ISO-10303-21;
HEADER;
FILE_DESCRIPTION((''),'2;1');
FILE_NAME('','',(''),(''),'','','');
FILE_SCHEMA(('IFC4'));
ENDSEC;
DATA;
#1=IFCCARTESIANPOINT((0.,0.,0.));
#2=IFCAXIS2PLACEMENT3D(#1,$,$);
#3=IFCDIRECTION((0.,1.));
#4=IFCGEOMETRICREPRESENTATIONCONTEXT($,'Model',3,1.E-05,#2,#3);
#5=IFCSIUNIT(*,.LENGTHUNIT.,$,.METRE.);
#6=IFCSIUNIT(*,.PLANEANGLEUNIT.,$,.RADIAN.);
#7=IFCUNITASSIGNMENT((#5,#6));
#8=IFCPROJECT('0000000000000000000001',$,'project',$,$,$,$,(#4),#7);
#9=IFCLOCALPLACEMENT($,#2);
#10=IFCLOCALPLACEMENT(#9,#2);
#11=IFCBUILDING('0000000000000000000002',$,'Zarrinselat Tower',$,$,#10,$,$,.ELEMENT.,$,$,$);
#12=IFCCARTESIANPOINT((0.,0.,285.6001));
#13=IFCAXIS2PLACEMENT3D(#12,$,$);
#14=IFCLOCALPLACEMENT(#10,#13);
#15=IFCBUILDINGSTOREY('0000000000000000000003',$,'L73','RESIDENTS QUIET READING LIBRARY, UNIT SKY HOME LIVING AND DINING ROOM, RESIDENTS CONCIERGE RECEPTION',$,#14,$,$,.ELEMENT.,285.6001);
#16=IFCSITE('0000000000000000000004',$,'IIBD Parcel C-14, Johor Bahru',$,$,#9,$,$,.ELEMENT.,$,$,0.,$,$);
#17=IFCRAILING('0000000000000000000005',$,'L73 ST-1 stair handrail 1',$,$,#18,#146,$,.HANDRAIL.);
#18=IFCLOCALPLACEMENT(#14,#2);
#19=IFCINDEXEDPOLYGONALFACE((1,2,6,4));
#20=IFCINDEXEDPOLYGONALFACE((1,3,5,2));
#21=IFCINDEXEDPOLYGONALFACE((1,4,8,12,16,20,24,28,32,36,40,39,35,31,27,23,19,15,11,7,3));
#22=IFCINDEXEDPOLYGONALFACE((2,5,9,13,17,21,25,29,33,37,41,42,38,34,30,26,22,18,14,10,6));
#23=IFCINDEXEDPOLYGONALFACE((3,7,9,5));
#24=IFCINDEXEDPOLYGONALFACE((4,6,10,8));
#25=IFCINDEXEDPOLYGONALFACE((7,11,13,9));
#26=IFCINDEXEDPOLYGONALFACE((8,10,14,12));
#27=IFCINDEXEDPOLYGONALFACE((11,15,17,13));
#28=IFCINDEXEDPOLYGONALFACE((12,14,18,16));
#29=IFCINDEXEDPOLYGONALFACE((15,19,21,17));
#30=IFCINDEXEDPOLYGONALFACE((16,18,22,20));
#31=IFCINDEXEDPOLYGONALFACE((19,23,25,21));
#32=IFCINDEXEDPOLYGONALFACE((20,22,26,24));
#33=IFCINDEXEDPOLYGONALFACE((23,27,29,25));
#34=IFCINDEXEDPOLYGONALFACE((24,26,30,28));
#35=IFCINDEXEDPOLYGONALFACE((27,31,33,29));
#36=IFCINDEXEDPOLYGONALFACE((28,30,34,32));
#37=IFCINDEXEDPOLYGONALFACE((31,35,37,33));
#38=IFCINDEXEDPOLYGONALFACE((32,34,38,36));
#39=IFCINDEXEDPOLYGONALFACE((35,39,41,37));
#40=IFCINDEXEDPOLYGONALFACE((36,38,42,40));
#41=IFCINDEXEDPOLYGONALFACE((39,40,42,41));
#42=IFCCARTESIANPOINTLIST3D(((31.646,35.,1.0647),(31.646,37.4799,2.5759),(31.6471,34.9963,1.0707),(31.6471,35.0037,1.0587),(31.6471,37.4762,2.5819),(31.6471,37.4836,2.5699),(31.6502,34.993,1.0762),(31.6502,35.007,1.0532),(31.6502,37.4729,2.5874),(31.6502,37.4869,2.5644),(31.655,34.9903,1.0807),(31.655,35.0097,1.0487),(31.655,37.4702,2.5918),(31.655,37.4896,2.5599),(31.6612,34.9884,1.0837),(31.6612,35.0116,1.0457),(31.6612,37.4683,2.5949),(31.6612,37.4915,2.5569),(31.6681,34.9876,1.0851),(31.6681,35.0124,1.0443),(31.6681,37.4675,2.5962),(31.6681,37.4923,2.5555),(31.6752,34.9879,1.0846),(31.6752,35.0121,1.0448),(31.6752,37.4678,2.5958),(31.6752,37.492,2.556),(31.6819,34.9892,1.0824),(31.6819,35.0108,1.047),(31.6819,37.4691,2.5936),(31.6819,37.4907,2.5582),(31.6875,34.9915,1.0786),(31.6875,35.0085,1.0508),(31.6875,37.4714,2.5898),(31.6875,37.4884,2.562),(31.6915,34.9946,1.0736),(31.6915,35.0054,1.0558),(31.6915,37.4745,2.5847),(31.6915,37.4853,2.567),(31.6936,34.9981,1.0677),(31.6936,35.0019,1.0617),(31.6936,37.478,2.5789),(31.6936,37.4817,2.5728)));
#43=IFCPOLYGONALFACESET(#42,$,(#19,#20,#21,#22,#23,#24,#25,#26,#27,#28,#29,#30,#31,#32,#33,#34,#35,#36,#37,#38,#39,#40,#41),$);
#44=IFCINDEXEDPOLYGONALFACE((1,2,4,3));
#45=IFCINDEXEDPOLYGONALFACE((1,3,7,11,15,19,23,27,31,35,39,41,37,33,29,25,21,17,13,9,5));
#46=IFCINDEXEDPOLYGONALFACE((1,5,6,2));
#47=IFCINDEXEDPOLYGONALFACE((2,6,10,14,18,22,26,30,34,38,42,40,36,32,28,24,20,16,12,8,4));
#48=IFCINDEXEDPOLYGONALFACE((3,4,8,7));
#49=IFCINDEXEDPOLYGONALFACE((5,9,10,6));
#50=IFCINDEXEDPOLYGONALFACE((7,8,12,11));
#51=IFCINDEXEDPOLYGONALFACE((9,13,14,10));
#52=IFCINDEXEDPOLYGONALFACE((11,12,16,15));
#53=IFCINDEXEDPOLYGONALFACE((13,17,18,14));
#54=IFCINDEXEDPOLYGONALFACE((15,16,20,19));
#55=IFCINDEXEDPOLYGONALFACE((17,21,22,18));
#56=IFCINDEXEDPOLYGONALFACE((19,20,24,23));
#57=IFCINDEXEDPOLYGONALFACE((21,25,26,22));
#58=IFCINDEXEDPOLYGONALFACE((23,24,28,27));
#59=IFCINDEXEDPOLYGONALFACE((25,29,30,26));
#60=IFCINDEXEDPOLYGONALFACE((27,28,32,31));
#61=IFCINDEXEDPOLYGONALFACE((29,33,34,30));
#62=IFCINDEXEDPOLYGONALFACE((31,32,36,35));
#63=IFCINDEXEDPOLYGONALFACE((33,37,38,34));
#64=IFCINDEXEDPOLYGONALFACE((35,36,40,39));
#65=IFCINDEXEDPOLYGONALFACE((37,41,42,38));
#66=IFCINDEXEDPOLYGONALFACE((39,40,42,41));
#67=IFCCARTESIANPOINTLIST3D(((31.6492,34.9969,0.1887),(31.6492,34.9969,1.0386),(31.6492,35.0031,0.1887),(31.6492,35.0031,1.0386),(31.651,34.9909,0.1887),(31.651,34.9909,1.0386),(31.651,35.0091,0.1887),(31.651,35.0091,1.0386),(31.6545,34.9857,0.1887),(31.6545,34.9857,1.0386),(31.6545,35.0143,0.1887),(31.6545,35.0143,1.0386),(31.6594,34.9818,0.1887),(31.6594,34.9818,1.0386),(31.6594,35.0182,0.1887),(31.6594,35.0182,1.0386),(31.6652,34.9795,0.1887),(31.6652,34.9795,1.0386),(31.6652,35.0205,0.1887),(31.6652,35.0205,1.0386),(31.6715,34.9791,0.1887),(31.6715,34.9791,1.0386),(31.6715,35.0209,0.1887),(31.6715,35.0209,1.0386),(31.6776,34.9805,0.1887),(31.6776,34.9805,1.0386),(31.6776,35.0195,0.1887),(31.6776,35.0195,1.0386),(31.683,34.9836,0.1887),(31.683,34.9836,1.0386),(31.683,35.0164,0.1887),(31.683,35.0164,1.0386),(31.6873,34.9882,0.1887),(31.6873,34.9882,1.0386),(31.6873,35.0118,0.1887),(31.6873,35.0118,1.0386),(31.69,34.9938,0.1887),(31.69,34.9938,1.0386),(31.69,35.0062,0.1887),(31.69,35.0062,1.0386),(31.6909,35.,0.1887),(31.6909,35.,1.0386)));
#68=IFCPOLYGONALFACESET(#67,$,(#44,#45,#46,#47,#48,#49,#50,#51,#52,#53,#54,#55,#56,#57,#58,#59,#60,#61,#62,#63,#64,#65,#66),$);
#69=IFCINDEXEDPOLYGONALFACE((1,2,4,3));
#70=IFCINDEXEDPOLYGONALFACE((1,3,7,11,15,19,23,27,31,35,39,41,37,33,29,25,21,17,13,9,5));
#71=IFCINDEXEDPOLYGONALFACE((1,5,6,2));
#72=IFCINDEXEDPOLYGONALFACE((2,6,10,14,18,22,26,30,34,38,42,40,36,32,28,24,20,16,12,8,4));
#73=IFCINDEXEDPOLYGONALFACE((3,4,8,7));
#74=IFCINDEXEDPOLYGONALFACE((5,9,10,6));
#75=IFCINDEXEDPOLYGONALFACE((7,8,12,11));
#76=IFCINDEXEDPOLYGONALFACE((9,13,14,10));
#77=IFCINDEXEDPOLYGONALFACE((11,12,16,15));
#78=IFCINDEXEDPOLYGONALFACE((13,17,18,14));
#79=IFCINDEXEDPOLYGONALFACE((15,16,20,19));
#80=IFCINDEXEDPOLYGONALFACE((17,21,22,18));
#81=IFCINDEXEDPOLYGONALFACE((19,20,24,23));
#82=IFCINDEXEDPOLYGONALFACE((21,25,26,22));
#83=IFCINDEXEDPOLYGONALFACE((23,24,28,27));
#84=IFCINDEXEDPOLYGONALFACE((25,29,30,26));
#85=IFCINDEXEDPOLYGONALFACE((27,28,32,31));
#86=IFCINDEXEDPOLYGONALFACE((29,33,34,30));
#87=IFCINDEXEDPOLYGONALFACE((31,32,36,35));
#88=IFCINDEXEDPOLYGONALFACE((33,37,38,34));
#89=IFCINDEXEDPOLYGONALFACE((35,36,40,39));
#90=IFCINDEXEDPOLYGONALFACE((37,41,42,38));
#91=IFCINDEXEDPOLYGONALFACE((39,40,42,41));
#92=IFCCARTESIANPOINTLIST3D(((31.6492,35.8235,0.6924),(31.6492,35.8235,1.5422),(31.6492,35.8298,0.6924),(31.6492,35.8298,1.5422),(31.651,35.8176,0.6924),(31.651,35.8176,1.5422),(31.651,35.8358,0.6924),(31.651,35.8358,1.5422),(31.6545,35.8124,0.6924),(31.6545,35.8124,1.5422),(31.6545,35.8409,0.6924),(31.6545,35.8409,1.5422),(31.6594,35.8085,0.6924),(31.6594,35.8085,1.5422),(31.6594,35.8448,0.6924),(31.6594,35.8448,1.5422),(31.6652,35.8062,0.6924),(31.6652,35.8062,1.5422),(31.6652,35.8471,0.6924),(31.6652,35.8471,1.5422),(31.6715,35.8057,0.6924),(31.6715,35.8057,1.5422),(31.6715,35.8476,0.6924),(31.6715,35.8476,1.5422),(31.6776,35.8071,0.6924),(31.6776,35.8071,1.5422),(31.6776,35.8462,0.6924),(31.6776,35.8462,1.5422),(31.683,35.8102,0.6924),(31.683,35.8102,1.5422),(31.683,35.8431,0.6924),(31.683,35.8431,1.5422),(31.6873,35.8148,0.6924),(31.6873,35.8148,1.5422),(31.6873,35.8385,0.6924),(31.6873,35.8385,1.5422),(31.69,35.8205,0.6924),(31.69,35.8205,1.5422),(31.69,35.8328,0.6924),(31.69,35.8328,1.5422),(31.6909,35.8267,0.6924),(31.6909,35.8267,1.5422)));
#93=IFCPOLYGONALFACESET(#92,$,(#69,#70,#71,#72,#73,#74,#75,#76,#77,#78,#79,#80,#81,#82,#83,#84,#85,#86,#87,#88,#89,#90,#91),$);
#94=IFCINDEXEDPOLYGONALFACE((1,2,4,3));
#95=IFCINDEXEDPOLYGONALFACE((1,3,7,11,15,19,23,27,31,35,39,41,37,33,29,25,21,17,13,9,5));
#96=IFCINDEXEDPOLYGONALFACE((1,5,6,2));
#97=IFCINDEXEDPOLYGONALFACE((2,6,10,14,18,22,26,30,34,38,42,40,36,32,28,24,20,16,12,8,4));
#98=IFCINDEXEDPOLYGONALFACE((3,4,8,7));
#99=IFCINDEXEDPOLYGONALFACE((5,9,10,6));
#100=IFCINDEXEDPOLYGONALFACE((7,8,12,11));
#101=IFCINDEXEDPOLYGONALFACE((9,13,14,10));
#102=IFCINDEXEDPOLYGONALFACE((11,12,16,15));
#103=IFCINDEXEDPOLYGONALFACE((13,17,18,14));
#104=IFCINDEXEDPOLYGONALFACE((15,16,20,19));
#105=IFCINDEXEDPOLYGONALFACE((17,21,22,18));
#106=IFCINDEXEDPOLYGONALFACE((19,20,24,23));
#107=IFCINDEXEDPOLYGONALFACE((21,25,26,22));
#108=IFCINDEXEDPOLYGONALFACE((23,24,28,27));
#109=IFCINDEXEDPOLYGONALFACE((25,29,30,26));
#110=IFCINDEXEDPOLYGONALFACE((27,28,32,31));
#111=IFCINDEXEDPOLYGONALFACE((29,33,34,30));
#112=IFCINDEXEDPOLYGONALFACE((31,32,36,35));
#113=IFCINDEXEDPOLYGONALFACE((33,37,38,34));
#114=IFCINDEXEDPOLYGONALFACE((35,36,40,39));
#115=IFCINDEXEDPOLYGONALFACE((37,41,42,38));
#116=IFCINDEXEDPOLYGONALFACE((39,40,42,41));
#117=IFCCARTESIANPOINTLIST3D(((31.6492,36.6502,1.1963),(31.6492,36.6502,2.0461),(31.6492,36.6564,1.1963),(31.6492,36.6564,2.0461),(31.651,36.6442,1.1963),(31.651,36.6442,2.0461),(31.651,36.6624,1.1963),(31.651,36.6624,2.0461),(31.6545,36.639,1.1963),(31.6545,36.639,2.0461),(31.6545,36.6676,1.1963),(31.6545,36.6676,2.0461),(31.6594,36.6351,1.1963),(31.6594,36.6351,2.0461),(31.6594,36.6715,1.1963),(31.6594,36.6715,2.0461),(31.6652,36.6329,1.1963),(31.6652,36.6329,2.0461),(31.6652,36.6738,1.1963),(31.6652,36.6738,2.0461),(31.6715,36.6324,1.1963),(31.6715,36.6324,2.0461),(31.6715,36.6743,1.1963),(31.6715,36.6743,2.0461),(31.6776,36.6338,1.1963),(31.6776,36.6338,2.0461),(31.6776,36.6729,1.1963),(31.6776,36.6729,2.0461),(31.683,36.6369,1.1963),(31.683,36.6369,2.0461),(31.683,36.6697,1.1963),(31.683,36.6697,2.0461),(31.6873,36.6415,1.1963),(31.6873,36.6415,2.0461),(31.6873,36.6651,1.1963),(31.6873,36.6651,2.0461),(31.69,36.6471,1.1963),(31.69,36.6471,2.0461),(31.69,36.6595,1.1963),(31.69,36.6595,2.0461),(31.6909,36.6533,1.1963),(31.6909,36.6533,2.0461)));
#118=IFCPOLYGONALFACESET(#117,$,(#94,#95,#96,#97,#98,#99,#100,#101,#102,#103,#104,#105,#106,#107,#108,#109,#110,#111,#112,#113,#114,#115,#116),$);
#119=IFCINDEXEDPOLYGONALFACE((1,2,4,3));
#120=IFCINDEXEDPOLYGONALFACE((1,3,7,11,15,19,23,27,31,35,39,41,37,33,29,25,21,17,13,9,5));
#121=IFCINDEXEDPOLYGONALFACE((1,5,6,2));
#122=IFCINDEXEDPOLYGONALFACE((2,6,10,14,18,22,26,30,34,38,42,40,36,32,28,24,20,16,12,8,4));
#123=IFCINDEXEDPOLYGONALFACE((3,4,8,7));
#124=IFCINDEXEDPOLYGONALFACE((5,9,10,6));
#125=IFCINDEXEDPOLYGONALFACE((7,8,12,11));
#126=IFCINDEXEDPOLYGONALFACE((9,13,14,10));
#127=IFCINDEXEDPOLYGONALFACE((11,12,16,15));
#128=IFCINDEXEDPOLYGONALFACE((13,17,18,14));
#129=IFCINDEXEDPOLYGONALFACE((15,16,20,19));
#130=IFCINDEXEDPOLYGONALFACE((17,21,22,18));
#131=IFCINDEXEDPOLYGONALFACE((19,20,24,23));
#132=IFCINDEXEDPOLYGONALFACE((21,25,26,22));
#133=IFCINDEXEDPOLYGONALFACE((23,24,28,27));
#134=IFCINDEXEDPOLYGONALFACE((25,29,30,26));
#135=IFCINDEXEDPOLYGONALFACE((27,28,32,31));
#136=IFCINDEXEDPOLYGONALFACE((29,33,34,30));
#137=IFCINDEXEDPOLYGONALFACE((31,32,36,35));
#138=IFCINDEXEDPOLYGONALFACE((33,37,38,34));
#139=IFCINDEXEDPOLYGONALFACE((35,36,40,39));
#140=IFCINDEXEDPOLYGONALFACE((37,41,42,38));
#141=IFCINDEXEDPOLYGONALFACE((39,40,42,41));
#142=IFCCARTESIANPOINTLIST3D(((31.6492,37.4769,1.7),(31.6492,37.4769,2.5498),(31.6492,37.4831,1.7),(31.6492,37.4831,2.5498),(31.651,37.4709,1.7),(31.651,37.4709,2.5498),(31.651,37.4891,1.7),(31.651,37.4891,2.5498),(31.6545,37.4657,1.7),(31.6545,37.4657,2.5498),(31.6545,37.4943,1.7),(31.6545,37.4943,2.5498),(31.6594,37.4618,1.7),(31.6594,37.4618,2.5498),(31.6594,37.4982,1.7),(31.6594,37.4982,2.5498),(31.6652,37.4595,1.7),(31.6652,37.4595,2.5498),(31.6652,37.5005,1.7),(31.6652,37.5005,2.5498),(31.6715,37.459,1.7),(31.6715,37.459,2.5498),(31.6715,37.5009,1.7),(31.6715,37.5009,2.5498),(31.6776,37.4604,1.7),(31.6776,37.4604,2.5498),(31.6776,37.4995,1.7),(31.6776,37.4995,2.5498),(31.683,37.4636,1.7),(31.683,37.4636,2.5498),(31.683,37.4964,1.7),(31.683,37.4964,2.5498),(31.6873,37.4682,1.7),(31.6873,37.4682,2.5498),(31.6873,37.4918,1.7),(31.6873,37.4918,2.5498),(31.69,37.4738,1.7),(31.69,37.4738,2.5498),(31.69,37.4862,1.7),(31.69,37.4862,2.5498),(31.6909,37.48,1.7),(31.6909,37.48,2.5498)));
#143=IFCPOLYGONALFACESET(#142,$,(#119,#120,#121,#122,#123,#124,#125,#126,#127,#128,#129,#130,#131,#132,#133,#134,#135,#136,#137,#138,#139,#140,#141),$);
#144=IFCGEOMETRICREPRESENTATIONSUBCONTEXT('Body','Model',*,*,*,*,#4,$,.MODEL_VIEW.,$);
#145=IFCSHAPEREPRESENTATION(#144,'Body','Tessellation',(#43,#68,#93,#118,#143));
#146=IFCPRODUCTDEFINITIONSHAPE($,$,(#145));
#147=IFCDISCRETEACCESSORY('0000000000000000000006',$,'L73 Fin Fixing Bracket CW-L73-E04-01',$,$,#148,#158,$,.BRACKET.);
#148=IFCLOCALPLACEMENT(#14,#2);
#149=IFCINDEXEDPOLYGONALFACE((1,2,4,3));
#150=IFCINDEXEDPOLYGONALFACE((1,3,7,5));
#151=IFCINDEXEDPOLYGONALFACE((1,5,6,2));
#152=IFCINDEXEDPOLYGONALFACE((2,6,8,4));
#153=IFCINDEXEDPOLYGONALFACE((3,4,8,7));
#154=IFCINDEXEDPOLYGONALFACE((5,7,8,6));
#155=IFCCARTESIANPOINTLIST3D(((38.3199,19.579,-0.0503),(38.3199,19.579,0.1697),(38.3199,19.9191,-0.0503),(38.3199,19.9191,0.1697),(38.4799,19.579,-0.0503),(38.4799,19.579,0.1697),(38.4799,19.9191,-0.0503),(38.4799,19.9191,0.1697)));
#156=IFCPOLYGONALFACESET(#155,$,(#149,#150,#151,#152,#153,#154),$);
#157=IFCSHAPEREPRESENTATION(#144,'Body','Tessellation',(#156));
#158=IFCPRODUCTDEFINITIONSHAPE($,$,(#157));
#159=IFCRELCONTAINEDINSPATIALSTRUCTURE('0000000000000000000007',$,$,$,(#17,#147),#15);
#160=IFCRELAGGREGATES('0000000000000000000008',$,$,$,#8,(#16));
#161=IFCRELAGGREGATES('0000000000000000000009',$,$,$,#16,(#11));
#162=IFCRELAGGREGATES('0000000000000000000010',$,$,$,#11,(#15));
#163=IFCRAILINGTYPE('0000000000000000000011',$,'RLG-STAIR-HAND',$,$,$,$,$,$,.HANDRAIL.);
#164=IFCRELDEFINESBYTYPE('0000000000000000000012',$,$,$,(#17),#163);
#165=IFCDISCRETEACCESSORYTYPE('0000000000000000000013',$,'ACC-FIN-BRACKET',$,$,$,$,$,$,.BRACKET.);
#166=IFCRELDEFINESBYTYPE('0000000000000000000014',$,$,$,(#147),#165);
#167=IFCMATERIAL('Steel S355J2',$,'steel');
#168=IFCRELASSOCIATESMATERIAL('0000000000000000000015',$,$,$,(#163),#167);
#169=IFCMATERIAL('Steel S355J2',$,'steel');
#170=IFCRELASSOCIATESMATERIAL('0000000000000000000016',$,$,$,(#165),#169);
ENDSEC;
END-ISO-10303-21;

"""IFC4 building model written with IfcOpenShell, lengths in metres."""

from ifc_helpers import new_model, si_unit, direction, frame, origin, origin_2d, place, context, subcontext, project, spatial, rectangle, circle, extrude, material, type_object, element, save


model = new_model("IFC4")

# Units and contexts
model_context = context("Model", 3, precision=1e-05, world=origin(), true_north=direction((0.0, 1.0)))
body_context = subcontext(model_context, "Body", "Model", "MODEL_VIEW")
ifc_project = project(units=[si_unit("LENGTHUNIT", "METRE"), si_unit("PLANEANGLEUNIT", "RADIAN")], contexts=[model_context])

# Site, building, storey
site_placement = place(None, origin())
site = spatial("IfcSite", under=ifc_project, at=site_placement, Name="IIBD Parcel C-14, Johor Bahru", CompositionType="ELEMENT", RefElevation=0.0)
building_placement = place(site_placement, origin())
building = spatial("IfcBuilding", under=site, at=building_placement, Name="Zarrinselat Tower", CompositionType="ELEMENT")
storey_placement = place(building_placement, frame((0.0, 0.0, 285.6001)))
storey = spatial("IfcBuildingStorey", under=building, at=storey_placement, Name="L73", Description="RESIDENTS QUIET READING LIBRARY, UNIT SKY HOME LIVING AND DINING ROOM, RESIDENTS CONCIERGE RECEPTION", CompositionType="ELEMENT", Elevation=285.6001)

# Railing
ifc_material_1 = material(Name="Steel S355J2", Category="steel")
railing_type_1 = type_object("IfcRailingType", Name="RLG-STAIR-HAND", PredefinedType="HANDRAIL", material=ifc_material_1)
railing_1_placement = place(storey_placement, frame((31.6699, 35.0, 0.1887)))
element("IfcRailing", 1, at=railing_1_placement, inside=storey, type_object=railing_type_1, Name="L73 ST-1 stair handrail 1", PredefinedType="HANDRAIL", context=body_context, shape_type="SweptSolid", body=[
    extrude(circle(Radius=0.0239, at=origin_2d()), frame((0.0, 0.0, 0.876), z_axis=(0.0, 0.853942, 0.520368), x_axis=(-1.0, 0.0, 0.0)), (0.0, 0.0, 1.0), 2.9041),
    extrude(circle(Radius=0.021, at=origin_2d()), origin(), (0.0, 0.0, 1.0), 0.8499),
    extrude(circle(Radius=0.021, at=origin_2d()), frame((0.0, 0.8267, 0.5037)), (0.0, 0.0, 1.0), 0.8499),
    extrude(circle(Radius=0.021, at=origin_2d()), frame((0.0, 1.6533, 1.0076)), (0.0, 0.0, 1.0), 0.8499),
    extrude(circle(Radius=0.021, at=origin_2d()), frame((0.0, 2.48, 1.5112)), (0.0, 0.0, 1.0), 0.8499),
])

# Discrete accessory
ifc_material_2 = material(Name="Steel S355J2", Category="steel")
discrete_accessory_type = type_object("IfcDiscreteAccessoryType", Name="ACC-FIN-BRACKET", PredefinedType="BRACKET", material=ifc_material_2)
discrete_accessory_placement = place(storey_placement, frame((38.3999, 19.749, -0.0503), z_axis=(0.0, 0.0, 1.0), x_axis=(0.0, -1.0, 0.0)))
element("IfcDiscreteAccessory", 2, at=discrete_accessory_placement, inside=storey, type_object=discrete_accessory_type, Name="L73 Fin Fixing Bracket CW-L73-E04-01", PredefinedType="BRACKET", context=body_context, shape_type="SweptSolid", body=[
    extrude(rectangle(XDim=0.3401, YDim=0.1599, at=origin_2d()), origin(), (0.0, 0.0, 1.0), 0.22),
])

save(model, "model.ifc")
